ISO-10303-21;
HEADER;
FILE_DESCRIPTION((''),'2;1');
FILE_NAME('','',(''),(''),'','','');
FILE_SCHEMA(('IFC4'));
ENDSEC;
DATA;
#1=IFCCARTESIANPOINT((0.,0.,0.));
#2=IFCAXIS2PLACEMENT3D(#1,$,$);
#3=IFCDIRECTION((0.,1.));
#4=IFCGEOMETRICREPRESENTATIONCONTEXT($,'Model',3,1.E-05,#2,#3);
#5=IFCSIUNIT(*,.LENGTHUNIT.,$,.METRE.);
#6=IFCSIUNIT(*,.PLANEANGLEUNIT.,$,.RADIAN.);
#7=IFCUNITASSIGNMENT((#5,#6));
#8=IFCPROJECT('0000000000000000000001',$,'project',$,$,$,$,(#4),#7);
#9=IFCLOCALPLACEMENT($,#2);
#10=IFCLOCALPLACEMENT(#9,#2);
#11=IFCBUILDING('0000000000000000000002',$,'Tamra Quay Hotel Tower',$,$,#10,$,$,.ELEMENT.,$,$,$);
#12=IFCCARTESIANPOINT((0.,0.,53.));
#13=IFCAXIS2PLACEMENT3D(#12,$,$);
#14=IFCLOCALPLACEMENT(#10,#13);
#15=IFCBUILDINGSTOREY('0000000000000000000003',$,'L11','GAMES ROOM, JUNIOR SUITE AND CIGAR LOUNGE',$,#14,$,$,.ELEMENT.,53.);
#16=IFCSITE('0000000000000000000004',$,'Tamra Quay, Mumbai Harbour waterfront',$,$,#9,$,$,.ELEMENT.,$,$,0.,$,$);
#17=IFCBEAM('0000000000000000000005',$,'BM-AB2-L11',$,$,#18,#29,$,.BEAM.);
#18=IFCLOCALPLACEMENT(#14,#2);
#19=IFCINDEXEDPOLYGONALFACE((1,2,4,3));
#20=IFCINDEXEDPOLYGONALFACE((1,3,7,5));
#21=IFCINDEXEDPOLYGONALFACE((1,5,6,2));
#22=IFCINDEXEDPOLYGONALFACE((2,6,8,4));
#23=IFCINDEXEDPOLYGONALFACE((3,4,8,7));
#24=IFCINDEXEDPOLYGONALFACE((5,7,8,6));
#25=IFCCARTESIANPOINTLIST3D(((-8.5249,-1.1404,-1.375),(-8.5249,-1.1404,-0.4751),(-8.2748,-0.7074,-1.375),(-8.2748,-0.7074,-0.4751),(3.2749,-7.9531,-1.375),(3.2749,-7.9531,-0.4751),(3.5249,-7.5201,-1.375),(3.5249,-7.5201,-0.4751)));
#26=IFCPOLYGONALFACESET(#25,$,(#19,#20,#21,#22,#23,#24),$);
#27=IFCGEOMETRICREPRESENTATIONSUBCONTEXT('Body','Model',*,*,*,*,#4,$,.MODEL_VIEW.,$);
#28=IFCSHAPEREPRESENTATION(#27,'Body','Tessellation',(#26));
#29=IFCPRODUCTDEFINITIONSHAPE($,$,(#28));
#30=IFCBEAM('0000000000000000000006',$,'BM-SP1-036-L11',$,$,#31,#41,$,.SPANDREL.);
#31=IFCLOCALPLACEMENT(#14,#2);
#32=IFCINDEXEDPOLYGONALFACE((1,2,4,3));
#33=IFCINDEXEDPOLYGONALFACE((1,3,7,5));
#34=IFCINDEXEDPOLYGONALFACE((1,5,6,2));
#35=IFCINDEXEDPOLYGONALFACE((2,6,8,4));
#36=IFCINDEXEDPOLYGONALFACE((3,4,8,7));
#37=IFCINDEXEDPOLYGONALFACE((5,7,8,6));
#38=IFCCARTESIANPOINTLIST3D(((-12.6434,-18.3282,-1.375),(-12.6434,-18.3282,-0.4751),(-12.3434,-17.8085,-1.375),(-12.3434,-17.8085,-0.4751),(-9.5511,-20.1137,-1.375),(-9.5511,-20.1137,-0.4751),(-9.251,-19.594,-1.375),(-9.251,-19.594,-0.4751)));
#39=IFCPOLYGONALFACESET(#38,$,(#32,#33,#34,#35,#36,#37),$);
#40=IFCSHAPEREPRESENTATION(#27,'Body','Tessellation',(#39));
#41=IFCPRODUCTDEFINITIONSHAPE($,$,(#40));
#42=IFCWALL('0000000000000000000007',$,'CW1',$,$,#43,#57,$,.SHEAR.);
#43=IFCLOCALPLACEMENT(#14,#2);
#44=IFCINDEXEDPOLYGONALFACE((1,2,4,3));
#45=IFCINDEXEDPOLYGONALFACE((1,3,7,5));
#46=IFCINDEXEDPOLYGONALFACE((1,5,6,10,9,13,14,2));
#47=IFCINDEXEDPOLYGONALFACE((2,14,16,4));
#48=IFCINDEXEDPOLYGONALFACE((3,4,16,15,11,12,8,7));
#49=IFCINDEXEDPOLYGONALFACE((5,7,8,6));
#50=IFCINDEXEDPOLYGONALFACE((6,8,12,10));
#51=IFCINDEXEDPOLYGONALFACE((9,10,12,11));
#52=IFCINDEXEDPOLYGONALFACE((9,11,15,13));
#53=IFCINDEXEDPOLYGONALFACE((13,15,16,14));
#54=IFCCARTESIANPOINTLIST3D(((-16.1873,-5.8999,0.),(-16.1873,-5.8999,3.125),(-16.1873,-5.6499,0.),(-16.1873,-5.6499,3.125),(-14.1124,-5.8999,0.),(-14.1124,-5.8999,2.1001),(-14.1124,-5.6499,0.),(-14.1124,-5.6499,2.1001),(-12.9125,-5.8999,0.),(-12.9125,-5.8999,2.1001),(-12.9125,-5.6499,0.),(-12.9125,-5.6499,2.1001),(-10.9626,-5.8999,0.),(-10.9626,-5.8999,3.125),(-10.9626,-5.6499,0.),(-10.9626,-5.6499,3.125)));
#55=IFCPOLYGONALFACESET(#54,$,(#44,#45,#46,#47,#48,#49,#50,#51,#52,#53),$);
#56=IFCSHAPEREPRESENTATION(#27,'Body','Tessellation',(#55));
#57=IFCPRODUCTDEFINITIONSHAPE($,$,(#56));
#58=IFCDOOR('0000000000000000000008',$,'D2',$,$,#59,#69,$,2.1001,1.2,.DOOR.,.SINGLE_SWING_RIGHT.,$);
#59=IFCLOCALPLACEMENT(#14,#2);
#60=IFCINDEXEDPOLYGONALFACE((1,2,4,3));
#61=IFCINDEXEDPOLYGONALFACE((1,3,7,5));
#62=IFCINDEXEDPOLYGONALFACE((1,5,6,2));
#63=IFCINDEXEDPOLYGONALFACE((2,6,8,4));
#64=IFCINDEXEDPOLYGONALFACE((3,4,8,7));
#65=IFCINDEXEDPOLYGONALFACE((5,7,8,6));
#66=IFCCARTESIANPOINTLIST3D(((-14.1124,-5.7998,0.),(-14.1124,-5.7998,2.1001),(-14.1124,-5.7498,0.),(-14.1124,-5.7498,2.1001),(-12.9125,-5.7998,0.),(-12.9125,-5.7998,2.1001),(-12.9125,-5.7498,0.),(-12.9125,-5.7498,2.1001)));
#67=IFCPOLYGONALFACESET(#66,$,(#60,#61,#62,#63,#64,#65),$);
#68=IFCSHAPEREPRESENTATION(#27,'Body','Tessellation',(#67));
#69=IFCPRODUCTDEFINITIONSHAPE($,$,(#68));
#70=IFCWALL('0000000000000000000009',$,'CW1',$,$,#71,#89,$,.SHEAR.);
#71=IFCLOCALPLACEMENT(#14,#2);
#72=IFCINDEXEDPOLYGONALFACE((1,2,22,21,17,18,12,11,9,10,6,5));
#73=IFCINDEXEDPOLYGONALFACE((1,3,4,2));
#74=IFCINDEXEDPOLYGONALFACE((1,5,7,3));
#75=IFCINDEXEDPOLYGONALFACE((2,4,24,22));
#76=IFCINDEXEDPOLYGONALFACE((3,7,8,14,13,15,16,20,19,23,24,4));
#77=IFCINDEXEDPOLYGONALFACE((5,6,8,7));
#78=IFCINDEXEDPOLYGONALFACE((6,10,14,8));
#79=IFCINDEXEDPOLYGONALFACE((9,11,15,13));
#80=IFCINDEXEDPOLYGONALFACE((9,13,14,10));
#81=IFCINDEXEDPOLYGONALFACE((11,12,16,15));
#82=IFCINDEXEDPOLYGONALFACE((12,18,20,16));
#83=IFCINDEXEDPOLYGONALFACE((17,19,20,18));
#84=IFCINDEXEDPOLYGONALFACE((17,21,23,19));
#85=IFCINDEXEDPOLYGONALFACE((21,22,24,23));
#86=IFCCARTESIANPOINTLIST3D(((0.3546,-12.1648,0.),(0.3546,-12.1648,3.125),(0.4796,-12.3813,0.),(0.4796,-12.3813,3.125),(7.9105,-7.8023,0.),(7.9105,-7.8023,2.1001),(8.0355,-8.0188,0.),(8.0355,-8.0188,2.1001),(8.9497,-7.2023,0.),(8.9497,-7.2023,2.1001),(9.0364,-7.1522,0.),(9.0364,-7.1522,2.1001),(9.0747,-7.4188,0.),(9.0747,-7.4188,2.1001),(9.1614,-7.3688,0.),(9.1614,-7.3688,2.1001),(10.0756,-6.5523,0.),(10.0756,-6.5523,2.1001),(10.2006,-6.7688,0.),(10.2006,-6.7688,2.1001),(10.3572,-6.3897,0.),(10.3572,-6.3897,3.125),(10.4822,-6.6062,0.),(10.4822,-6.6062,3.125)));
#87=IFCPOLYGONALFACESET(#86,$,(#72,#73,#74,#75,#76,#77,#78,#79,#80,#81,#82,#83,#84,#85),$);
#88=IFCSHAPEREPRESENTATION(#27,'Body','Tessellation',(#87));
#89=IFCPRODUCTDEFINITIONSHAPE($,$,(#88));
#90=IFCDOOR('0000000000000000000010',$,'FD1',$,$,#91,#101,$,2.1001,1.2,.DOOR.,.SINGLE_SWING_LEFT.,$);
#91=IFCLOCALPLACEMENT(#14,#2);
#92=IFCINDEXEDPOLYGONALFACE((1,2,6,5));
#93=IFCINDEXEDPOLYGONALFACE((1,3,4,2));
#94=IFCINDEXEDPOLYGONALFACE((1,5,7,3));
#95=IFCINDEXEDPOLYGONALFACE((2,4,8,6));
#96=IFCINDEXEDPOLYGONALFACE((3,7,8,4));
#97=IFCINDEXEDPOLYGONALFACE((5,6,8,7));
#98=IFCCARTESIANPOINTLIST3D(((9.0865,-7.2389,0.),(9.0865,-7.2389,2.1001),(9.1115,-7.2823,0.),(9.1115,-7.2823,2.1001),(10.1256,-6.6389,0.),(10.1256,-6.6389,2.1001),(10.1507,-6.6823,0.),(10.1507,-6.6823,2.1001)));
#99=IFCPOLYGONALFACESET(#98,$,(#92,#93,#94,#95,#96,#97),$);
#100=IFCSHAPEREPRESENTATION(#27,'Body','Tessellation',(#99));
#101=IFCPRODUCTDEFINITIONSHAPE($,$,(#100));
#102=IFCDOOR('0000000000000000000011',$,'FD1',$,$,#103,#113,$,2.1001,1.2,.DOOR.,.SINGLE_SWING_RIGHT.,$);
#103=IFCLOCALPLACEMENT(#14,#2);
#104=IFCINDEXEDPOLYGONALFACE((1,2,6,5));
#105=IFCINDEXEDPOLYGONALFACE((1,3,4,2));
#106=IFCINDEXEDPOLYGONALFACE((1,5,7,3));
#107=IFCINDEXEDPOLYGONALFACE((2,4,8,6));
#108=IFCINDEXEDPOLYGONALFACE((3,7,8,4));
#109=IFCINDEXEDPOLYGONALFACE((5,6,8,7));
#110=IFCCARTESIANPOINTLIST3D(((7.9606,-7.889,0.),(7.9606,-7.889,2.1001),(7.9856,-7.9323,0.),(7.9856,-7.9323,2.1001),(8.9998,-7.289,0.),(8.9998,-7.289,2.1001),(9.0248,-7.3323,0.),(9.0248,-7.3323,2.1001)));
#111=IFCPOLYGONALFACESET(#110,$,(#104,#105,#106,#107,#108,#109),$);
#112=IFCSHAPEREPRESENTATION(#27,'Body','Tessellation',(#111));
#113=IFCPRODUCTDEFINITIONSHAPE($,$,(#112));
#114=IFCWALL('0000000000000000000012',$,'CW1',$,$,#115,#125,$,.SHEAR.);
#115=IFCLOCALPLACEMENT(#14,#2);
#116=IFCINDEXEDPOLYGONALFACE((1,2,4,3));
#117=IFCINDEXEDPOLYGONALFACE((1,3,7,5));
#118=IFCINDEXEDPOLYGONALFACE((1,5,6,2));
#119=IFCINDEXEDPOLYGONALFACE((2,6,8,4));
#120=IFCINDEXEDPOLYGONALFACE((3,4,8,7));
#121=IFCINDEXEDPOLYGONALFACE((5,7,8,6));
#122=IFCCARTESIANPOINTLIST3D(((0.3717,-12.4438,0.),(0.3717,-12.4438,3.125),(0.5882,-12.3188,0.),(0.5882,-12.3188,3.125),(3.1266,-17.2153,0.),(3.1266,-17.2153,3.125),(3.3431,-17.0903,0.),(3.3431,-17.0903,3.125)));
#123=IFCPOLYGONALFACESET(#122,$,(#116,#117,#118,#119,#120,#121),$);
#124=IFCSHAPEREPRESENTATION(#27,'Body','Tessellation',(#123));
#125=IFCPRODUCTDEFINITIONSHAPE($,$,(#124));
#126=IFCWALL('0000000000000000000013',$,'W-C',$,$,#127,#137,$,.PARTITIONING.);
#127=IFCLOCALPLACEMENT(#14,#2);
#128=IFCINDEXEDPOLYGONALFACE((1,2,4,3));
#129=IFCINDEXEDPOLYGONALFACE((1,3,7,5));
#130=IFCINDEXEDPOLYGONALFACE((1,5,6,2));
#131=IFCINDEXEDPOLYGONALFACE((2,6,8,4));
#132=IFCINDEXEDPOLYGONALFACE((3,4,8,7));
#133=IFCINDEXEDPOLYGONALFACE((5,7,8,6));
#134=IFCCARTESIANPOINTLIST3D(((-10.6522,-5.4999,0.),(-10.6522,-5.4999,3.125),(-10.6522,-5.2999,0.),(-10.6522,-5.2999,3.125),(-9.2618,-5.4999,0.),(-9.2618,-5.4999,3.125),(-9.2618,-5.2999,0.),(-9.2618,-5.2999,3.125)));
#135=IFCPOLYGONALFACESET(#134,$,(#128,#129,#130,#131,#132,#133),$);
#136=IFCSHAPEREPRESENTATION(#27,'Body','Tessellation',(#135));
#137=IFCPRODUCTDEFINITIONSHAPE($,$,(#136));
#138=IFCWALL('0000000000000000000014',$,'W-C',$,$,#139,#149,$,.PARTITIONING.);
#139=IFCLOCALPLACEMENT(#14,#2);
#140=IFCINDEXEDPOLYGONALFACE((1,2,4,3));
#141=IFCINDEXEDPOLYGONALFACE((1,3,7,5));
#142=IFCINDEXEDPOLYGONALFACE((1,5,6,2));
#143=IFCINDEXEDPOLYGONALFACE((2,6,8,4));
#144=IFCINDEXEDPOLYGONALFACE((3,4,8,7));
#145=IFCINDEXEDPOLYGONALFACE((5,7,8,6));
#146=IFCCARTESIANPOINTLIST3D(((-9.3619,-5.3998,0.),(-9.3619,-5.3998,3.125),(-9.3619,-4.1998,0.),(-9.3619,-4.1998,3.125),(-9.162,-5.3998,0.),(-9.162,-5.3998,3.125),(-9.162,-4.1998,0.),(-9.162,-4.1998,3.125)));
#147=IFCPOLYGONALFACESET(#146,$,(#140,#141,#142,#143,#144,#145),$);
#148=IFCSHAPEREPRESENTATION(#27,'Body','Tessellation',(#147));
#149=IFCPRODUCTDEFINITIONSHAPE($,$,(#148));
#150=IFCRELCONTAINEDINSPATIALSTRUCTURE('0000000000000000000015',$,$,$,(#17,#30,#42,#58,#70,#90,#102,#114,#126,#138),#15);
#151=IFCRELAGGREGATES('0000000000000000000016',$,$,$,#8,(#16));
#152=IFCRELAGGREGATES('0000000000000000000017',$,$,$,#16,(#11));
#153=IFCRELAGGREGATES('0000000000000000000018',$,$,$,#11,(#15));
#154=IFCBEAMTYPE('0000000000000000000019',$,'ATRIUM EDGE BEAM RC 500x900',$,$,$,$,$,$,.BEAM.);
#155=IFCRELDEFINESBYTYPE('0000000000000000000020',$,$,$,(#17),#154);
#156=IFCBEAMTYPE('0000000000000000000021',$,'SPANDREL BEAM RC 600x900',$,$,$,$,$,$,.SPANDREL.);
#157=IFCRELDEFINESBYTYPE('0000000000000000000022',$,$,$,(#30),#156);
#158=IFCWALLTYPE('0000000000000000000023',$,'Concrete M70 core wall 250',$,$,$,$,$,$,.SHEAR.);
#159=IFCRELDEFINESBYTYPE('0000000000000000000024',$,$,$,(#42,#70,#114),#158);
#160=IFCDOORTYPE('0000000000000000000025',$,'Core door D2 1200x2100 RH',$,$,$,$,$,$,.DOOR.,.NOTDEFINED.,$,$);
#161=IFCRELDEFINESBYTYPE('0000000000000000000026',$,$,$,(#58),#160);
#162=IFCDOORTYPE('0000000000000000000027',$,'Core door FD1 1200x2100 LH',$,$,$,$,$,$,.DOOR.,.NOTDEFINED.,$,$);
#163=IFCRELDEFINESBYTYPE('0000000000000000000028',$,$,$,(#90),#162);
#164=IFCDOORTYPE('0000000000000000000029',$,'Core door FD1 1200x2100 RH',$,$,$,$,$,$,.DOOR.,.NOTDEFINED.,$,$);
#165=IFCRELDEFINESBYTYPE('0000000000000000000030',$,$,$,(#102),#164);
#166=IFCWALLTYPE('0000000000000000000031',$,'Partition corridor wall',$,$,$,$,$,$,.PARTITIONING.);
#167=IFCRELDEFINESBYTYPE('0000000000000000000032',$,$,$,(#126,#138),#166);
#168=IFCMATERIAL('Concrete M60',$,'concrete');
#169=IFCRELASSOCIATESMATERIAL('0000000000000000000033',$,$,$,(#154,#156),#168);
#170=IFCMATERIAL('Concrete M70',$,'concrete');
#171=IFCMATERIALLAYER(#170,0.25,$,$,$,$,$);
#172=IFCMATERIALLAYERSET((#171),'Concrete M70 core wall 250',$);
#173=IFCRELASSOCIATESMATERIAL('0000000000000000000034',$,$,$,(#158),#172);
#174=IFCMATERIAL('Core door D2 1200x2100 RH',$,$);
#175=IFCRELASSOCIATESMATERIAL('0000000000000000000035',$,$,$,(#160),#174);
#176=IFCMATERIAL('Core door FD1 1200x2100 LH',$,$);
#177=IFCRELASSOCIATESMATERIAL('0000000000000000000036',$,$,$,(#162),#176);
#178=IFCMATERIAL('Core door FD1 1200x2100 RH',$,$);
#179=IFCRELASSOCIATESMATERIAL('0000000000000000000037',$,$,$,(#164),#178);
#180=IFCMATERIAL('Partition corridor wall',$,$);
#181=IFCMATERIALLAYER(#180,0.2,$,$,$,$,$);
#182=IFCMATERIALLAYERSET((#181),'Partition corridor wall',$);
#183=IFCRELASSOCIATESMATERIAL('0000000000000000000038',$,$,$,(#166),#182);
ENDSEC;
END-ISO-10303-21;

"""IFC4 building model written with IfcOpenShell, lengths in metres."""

from ifc_helpers import new_model, si_unit, direction, frame, frame_2d, origin, origin_2d, place, context, subcontext, project, spatial, rectangle, extrude, material, layer, layer_set, material_profile, profile_set, type_object, element, fill, save


model = new_model("IFC4")

# Units and contexts
model_context = context("Model", 3, precision=1e-05, world=origin(), true_north=direction((0.0, 1.0)))
body_context = subcontext(model_context, "Body", "Model", "MODEL_VIEW")
ifc_project = project(units=[si_unit("LENGTHUNIT", "METRE"), si_unit("PLANEANGLEUNIT", "RADIAN")], contexts=[model_context])

# Site, building, storey
site_placement = place(None, origin())
site = spatial("IfcSite", under=ifc_project, at=site_placement, Name="Tamra Quay, Mumbai Harbour waterfront", CompositionType="ELEMENT", RefElevation=0.0)
building_placement = place(site_placement, origin())
building = spatial("IfcBuilding", under=site, at=building_placement, Name="Tamra Quay Hotel Tower", CompositionType="ELEMENT")
storey_placement = place(building_placement, frame((0.0, 0.0, 53.0)))
storey = spatial("IfcBuildingStorey", under=building, at=storey_placement, Name="L11", Description="GAMES ROOM, JUNIOR SUITE AND CIGAR LOUNGE", CompositionType="ELEMENT", Elevation=53.0)

# Beams
ifc_material_1 = material(Name="Concrete M60", Category="concrete")
ifc_material_profile_1 = material_profile(ifc_material_1, rectangle(XDim=0.5, YDim=0.8999, at=origin_2d()), Name="ATRIUM EDGE BEAM RC 500x900")
ifc_profile_set_1 = profile_set([ifc_material_profile_1], Name="Concrete M60")
beam_type_1 = type_object("IfcBeamType", Name="ATRIUM EDGE BEAM RC 500x900", PredefinedType="BEAM", material=ifc_profile_set_1)
beam_1_placement = place(storey_placement, frame((3.3999, -7.7366, -0.925), z_axis=(-0.866021, 0.500007, 0.0), x_axis=(-0.500007, -0.866021, 0.0)))
element("IfcBeam", 1, at=beam_1_placement, inside=storey, type_object=beam_type_1, Name="BM-AB2-L11", PredefinedType="BEAM", context=body_context, shape_type="SweptSolid", body=[
    extrude(rectangle(XDim=0.5, YDim=0.8999, at=origin_2d()), origin(), (0.0, 0.0, 1.0), 13.6252),
])
ifc_material_profile_2 = material_profile(ifc_material_1, rectangle(XDim=0.6001, YDim=0.8999, at=origin_2d()), Name="SPANDREL BEAM RC 600x900")
ifc_profile_set_2 = profile_set([ifc_material_profile_2], Name="Concrete M60")
beam_type_2 = type_object("IfcBeamType", Name="SPANDREL BEAM RC 600x900", PredefinedType="SPANDREL", material=ifc_profile_set_2)
beam_2_placement = place(storey_placement, frame((-12.4934, -18.0684, -0.925), z_axis=(0.866017, -0.500014, 0.0), x_axis=(0.500014, 0.866017, 0.0)))
element("IfcBeam", 2, at=beam_2_placement, inside=storey, type_object=beam_type_2, Name="BM-SP1-036-L11", PredefinedType="SPANDREL", context=body_context, shape_type="SweptSolid", body=[
    extrude(rectangle(XDim=0.6001, YDim=0.8999, at=origin_2d()), origin(), (0.0, 0.0, 1.0), 3.5708),
])

# Wall, opening, door
ifc_material_2 = material(Name="Concrete M70", Category="concrete")
ifc_layer_1 = layer(ifc_material_2, 0.25)
ifc_layer_set_1 = layer_set([ifc_layer_1], Name="Concrete M70 core wall 250")
wall_type_1 = type_object("IfcWallType", Name="Concrete M70 core wall 250", PredefinedType="SHEAR", material=ifc_layer_set_1)
wall_1_placement = place(storey_placement, frame((-10.9626, -5.7749, 0.0), z_axis=(0.0, 0.0, 1.0), x_axis=(-1.0, 0.0, 0.0)))
wall_1 = element("IfcWall", 3, at=wall_1_placement, inside=storey, type_object=wall_type_1, Name="CW1", PredefinedType="SHEAR", context=body_context, shape_type="SweptSolid", body=[
    extrude(rectangle(XDim=5.2246, YDim=0.25, at=frame_2d((2.6123, 0.0))), origin(), (0.0, 0.0, 1.0), 3.125),
])
opening_1_placement = place(wall_1_placement, frame((1.9497, 0.0, 0.0)))
opening_1 = element("IfcOpeningElement", 4, at=opening_1_placement, cuts=wall_1, PredefinedType="OPENING", context=body_context, shape_type="SweptSolid", body=[
    extrude(rectangle(XDim=1.2, YDim=2.1001, at=frame_2d((0.6001, 1.05))), frame((0.0, 0.135, 0.0), z_axis=(0.0, -1.0, 0.0), x_axis=(1.0, 0.0, 0.0)), (0.0, 0.0, 1.0), 0.27),
])
ifc_material_3 = material(Name="Core door D2 1200x2100 RH")
door_type_1 = type_object("IfcDoorType", Name="Core door D2 1200x2100 RH", OperationType="NOTDEFINED", PredefinedType="DOOR", material=ifc_material_3)
door_1_placement = place(opening_1_placement, origin())
door_1 = element("IfcDoor", 5, at=door_1_placement, inside=storey, type_object=door_type_1, Name="D2", OperationType="SINGLE_SWING_RIGHT", OverallHeight=2.1001, OverallWidth=1.2, PredefinedType="DOOR", context=body_context, shape_type="SweptSolid", body=[
    extrude(rectangle(XDim=1.2, YDim=2.1001, at=frame_2d((0.6001, 1.05))), frame((0.0, 0.0249, 0.0), z_axis=(0.0, -1.0, 0.0), x_axis=(1.0, 0.0, 0.0)), (0.0, 0.0, 1.0), 0.05),
])
fill(opening_1, door_1)

# Wall, openings, doors
wall_2_placement = place(storey_placement, frame((0.4172, -12.2729, 0.0), z_axis=(0.0, 0.0, 1.0), x_axis=(0.866022, 0.500006, 0.0)))
wall_2 = element("IfcWall", 6, at=wall_2_placement, inside=storey, type_object=wall_type_1, Name="CW1", PredefinedType="SHEAR", context=body_context, shape_type="SweptSolid", body=[
    extrude(rectangle(XDim=11.55, YDim=0.25, at=frame_2d((5.7749, 0.0))), origin(), (0.0, 0.0, 1.0), 3.125),
])
opening_2_placement = place(wall_2_placement, frame((10.0247, 0.0, 0.0)))
opening_2 = element("IfcOpeningElement", 7, at=opening_2_placement, cuts=wall_2, PredefinedType="OPENING", context=body_context, shape_type="SweptSolid", body=[
    extrude(rectangle(XDim=1.2, YDim=2.1001, at=frame_2d((0.6001, 1.05))), frame((0.0, 0.135, 0.0), z_axis=(0.0, -1.0, 0.0), x_axis=(1.0, 0.0, 0.0)), (0.0, 0.0, 1.0), 0.27),
])
opening_3_placement = place(wall_2_placement, frame((8.7246, 0.0, 0.0)))
opening_3 = element("IfcOpeningElement", 8, at=opening_3_placement, cuts=wall_2, PredefinedType="OPENING", context=body_context, shape_type="SweptSolid", body=[
    extrude(rectangle(XDim=1.2, YDim=2.1001, at=frame_2d((0.6001, 1.05))), frame((0.0, 0.135, 0.0), z_axis=(0.0, -1.0, 0.0), x_axis=(1.0, 0.0, 0.0)), (0.0, 0.0, 1.0), 0.27),
])
ifc_material_4 = material(Name="Core door FD1 1200x2100 LH")
door_type_2 = type_object("IfcDoorType", Name="Core door FD1 1200x2100 LH", OperationType="NOTDEFINED", PredefinedType="DOOR", material=ifc_material_4)
door_2_placement = place(opening_2_placement, origin())
door_2 = element("IfcDoor", 9, at=door_2_placement, inside=storey, type_object=door_type_2, Name="FD1", OperationType="SINGLE_SWING_LEFT", OverallHeight=2.1001, OverallWidth=1.2, PredefinedType="DOOR", context=body_context, shape_type="SweptSolid", body=[
    extrude(rectangle(XDim=1.2, YDim=2.1001, at=frame_2d((0.6001, 1.05))), frame((0.0, 0.0249, 0.0), z_axis=(0.0, -1.0, 0.0), x_axis=(1.0, 0.0, 0.0)), (0.0, 0.0, 1.0), 0.05),
])
fill(opening_2, door_2)
ifc_material_5 = material(Name="Core door FD1 1200x2100 RH")
door_type_3 = type_object("IfcDoorType", Name="Core door FD1 1200x2100 RH", OperationType="NOTDEFINED", PredefinedType="DOOR", material=ifc_material_5)
door_3_placement = place(opening_3_placement, origin())
door_3 = element("IfcDoor", 10, at=door_3_placement, inside=storey, type_object=door_type_3, Name="FD1", OperationType="SINGLE_SWING_RIGHT", OverallHeight=2.1001, OverallWidth=1.2, PredefinedType="DOOR", context=body_context, shape_type="SweptSolid", body=[
    extrude(rectangle(XDim=1.2, YDim=2.1001, at=frame_2d((0.6001, 1.05))), frame((0.0, 0.0249, 0.0), z_axis=(0.0, -1.0, 0.0), x_axis=(1.0, 0.0, 0.0)), (0.0, 0.0, 1.0), 0.05),
])
fill(opening_3, door_3)

# Walls
wall_3_placement = place(storey_placement, frame((3.2349, -17.1528, 0.0), z_axis=(0.0, 0.0, 1.0), x_axis=(-0.500009, 0.86602, 0.0)))
element("IfcWall", 11, at=wall_3_placement, inside=storey, type_object=wall_type_1, Name="CW1", PredefinedType="SHEAR", context=body_context, shape_type="SweptSolid", body=[
    extrude(rectangle(XDim=5.5098, YDim=0.25, at=frame_2d((2.7549, 0.0))), origin(), (0.0, 0.0, 1.0), 3.125),
])
ifc_material_6 = material(Name="Partition corridor wall")
ifc_layer_2 = layer(ifc_material_6, 0.2)
ifc_layer_set_2 = layer_set([ifc_layer_2], Name="Partition corridor wall")
wall_type_2 = type_object("IfcWallType", Name="Partition corridor wall", PredefinedType="PARTITIONING", material=ifc_layer_set_2)
wall_4_placement = place(storey_placement, frame((-10.6523, -5.3999, 0.0), z_axis=(0.0, 0.0, 1.0), x_axis=(1.0, 0.0, 0.0)))
element("IfcWall", 12, at=wall_4_placement, inside=storey, type_object=wall_type_2, Name="W-C", PredefinedType="PARTITIONING", context=body_context, shape_type="SweptSolid", body=[
    extrude(rectangle(XDim=1.3904, YDim=0.2, at=frame_2d((0.6953, 0.0))), origin(), (0.0, 0.0, 1.0), 3.125),
])
wall_5_placement = place(storey_placement, frame((-9.262, -5.3999, 0.0), z_axis=(0.0, 0.0, 1.0), x_axis=(0.0, 1.0, 0.0)))
element("IfcWall", 13, at=wall_5_placement, inside=storey, type_object=wall_type_2, Name="W-C", PredefinedType="PARTITIONING", context=body_context, shape_type="SweptSolid", body=[
    extrude(rectangle(XDim=1.2, YDim=0.2, at=frame_2d((0.6001, 0.0))), origin(), (0.0, 0.0, 1.0), 3.125),
])

save(model, "model.ifc")
